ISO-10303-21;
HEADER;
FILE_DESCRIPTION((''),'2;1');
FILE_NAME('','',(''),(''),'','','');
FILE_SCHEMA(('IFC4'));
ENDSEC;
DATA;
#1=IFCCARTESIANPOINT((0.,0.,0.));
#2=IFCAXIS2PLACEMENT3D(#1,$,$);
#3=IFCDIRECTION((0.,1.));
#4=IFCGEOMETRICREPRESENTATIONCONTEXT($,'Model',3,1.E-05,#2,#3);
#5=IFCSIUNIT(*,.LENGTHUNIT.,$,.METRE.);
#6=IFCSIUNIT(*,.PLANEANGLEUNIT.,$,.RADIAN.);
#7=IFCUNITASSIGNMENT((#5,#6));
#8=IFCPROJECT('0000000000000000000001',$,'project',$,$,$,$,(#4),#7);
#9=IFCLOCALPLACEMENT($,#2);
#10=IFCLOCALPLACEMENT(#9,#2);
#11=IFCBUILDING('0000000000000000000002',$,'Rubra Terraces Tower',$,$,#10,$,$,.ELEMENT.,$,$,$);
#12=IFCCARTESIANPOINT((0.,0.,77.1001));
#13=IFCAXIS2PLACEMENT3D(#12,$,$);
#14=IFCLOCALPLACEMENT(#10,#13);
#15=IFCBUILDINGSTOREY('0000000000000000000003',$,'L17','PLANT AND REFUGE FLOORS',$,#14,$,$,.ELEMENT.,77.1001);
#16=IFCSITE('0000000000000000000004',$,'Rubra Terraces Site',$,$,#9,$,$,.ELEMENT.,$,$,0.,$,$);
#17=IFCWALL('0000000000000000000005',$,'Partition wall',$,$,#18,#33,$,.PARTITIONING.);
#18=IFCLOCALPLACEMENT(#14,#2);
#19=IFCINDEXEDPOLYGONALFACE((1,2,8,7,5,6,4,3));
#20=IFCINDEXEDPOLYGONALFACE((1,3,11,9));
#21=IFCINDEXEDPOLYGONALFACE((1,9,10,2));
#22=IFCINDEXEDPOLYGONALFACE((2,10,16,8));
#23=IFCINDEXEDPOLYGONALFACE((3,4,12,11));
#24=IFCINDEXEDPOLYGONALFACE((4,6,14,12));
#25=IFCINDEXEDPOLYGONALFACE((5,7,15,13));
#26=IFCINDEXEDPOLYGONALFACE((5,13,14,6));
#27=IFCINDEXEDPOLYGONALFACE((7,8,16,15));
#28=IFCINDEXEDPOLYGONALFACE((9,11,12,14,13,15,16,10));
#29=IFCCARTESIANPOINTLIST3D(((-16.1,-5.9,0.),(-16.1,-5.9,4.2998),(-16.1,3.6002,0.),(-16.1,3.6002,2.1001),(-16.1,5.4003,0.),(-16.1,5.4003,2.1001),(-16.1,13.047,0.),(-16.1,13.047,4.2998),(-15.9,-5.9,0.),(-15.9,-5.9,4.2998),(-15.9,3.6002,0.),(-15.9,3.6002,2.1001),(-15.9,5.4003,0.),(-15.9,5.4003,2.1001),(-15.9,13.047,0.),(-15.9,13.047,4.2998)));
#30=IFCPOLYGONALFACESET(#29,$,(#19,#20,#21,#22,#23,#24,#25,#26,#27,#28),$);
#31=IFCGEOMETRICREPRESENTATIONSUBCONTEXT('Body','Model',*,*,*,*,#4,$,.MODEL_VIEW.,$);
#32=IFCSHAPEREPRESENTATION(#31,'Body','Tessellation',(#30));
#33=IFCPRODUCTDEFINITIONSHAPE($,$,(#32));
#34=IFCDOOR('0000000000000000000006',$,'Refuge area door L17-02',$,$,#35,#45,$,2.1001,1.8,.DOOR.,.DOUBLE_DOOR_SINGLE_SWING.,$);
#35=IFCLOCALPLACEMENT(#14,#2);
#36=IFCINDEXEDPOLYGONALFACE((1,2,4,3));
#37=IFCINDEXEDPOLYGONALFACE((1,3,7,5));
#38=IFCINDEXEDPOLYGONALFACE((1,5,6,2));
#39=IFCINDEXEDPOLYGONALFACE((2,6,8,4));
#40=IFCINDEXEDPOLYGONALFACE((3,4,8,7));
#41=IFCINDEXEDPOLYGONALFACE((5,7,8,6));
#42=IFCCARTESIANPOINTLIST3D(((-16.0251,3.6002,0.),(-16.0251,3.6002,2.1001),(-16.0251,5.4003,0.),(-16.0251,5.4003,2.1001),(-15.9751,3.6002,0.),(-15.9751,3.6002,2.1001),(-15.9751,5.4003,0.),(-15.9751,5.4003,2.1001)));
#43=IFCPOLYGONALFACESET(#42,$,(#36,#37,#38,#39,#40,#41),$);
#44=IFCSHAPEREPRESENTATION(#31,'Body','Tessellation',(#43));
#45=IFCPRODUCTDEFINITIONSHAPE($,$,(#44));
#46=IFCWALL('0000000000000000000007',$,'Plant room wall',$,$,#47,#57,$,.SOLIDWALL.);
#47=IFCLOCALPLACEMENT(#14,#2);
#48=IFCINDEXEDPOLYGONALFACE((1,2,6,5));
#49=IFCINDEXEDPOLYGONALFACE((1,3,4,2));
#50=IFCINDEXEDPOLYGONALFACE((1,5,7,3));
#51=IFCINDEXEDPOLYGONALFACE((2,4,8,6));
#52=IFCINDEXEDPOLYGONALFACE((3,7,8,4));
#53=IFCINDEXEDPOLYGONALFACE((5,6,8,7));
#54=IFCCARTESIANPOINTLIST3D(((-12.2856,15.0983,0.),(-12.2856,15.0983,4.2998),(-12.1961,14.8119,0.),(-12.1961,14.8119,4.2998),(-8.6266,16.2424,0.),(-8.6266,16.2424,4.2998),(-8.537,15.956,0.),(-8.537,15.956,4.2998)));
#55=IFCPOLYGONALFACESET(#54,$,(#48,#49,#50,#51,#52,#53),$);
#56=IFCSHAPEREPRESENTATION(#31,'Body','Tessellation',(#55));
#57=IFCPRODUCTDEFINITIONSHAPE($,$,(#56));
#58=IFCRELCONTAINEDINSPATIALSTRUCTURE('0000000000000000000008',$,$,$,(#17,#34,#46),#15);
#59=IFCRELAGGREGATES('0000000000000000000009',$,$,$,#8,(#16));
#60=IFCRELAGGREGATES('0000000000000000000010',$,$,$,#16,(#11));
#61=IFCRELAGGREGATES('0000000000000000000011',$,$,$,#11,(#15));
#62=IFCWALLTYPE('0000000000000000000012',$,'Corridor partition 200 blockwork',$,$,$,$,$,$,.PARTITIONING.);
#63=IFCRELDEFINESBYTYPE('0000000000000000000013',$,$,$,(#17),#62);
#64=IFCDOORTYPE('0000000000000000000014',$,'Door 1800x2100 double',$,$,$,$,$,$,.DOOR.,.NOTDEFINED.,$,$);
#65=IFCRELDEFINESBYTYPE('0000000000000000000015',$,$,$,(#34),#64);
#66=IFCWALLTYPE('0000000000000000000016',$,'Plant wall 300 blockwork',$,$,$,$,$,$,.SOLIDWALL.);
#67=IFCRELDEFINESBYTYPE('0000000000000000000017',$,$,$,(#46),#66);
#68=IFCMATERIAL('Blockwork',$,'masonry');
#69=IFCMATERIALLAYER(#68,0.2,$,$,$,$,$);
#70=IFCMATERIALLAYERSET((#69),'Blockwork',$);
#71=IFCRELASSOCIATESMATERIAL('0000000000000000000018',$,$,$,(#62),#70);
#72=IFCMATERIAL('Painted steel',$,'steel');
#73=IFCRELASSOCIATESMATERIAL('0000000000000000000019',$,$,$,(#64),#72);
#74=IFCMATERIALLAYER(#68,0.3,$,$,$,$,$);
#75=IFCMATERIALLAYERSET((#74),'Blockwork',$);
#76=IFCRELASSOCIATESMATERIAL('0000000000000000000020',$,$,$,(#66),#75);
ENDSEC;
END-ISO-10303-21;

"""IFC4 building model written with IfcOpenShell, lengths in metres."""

from ifc_helpers import new_model, si_unit, direction, frame, frame_2d, origin, place, context, subcontext, project, spatial, rectangle, extrude, material, layer, layer_set, type_object, element, fill, save


model = new_model("IFC4")

# Units and contexts
model_context = context("Model", 3, precision=1e-05, world=origin(), true_north=direction((0.0, 1.0)))
body_context = subcontext(model_context, "Body", "Model", "MODEL_VIEW")
ifc_project = project(units=[si_unit("LENGTHUNIT", "METRE"), si_unit("PLANEANGLEUNIT", "RADIAN")], contexts=[model_context])

# Site, building, storey
site_placement = place(None, origin())
site = spatial("IfcSite", under=ifc_project, at=site_placement, Name="Rubra Terraces Site", CompositionType="ELEMENT", RefElevation=0.0)
building_placement = place(site_placement, origin())
building = spatial("IfcBuilding", under=site, at=building_placement, Name="Rubra Terraces Tower", CompositionType="ELEMENT")
storey_placement = place(building_placement, frame((0.0, 0.0, 77.1001)))
storey = spatial("IfcBuildingStorey", under=building, at=storey_placement, Name="L17", Description="PLANT AND REFUGE FLOORS", CompositionType="ELEMENT", Elevation=77.1001)

# Wall, opening, door
ifc_material_1 = material(Name="Blockwork", Category="masonry")
ifc_layer_1 = layer(ifc_material_1, 0.2)
ifc_layer_set_1 = layer_set([ifc_layer_1], Name="Blockwork")
wall_type_1 = type_object("IfcWallType", Name="Corridor partition 200 blockwork", PredefinedType="PARTITIONING", material=ifc_layer_set_1)
wall_1_placement = place(storey_placement, frame((-16.0, 13.0471, 0.0), z_axis=(0.0, 0.0, 1.0), x_axis=(0.0, -1.0, 0.0)))
wall_1 = element("IfcWall", 1, at=wall_1_placement, inside=storey, type_object=wall_type_1, Name="Partition wall", PredefinedType="PARTITIONING", context=body_context, shape_type="SweptSolid", body=[
    extrude(rectangle(XDim=18.947, YDim=0.2, at=frame_2d((9.4736, 0.0))), origin(), (0.0, 0.0, 1.0), 4.2998),
])
opening_1_placement = place(wall_1_placement, frame((7.647, 0.0, 0.0)))
opening_1 = element("IfcOpeningElement", 2, at=opening_1_placement, cuts=wall_1, PredefinedType="OPENING", context=body_context, shape_type="SweptSolid", body=[
    extrude(rectangle(XDim=1.8, YDim=2.1001, at=frame_2d((0.8999, 1.05))), frame((0.0, 0.1099, 0.0), z_axis=(0.0, -1.0, 0.0), x_axis=(1.0, 0.0, 0.0)), (0.0, 0.0, 1.0), 0.22),
])
ifc_material_2 = material(Name="Painted steel", Category="steel")
door_type = type_object("IfcDoorType", Name="Door 1800x2100 double", OperationType="NOTDEFINED", PredefinedType="DOOR", material=ifc_material_2)
door_placement = place(opening_1_placement, origin())
door = element("IfcDoor", 3, at=door_placement, inside=storey, type_object=door_type, Name="Refuge area door L17-02", OperationType="DOUBLE_DOOR_SINGLE_SWING", OverallHeight=2.1001, OverallWidth=1.8, PredefinedType="DOOR", context=body_context, shape_type="SweptSolid", body=[
    extrude(rectangle(XDim=1.8, YDim=2.1001, at=frame_2d((0.8999, 1.05))), frame((0.0, 0.0249, 0.0), z_axis=(0.0, -1.0, 0.0), x_axis=(1.0, 0.0, 0.0)), (0.0, 0.0, 1.0), 0.05),
])
fill(opening_1, door)

# Wall
ifc_layer_2 = layer(ifc_material_1, 0.3)
ifc_layer_set_2 = layer_set([ifc_layer_2], Name="Blockwork")
wall_type_2 = type_object("IfcWallType", Name="Plant wall 300 blockwork", PredefinedType="SOLIDWALL", material=ifc_layer_set_2)
wall_2_placement = place(storey_placement, frame((-12.241, 14.9551, 0.0), z_axis=(0.0, 0.0, 1.0), x_axis=(0.954434, 0.298424, 0.0)))
element("IfcWall", 4, at=wall_2_placement, inside=storey, type_object=wall_type_2, Name="Plant room wall", PredefinedType="SOLIDWALL", context=body_context, shape_type="SweptSolid", body=[
    extrude(rectangle(XDim=3.8337, YDim=0.3, at=frame_2d((1.917, 0.0))), origin(), (0.0, 0.0, 1.0), 4.2998),
])

save(model, "model.ifc")
